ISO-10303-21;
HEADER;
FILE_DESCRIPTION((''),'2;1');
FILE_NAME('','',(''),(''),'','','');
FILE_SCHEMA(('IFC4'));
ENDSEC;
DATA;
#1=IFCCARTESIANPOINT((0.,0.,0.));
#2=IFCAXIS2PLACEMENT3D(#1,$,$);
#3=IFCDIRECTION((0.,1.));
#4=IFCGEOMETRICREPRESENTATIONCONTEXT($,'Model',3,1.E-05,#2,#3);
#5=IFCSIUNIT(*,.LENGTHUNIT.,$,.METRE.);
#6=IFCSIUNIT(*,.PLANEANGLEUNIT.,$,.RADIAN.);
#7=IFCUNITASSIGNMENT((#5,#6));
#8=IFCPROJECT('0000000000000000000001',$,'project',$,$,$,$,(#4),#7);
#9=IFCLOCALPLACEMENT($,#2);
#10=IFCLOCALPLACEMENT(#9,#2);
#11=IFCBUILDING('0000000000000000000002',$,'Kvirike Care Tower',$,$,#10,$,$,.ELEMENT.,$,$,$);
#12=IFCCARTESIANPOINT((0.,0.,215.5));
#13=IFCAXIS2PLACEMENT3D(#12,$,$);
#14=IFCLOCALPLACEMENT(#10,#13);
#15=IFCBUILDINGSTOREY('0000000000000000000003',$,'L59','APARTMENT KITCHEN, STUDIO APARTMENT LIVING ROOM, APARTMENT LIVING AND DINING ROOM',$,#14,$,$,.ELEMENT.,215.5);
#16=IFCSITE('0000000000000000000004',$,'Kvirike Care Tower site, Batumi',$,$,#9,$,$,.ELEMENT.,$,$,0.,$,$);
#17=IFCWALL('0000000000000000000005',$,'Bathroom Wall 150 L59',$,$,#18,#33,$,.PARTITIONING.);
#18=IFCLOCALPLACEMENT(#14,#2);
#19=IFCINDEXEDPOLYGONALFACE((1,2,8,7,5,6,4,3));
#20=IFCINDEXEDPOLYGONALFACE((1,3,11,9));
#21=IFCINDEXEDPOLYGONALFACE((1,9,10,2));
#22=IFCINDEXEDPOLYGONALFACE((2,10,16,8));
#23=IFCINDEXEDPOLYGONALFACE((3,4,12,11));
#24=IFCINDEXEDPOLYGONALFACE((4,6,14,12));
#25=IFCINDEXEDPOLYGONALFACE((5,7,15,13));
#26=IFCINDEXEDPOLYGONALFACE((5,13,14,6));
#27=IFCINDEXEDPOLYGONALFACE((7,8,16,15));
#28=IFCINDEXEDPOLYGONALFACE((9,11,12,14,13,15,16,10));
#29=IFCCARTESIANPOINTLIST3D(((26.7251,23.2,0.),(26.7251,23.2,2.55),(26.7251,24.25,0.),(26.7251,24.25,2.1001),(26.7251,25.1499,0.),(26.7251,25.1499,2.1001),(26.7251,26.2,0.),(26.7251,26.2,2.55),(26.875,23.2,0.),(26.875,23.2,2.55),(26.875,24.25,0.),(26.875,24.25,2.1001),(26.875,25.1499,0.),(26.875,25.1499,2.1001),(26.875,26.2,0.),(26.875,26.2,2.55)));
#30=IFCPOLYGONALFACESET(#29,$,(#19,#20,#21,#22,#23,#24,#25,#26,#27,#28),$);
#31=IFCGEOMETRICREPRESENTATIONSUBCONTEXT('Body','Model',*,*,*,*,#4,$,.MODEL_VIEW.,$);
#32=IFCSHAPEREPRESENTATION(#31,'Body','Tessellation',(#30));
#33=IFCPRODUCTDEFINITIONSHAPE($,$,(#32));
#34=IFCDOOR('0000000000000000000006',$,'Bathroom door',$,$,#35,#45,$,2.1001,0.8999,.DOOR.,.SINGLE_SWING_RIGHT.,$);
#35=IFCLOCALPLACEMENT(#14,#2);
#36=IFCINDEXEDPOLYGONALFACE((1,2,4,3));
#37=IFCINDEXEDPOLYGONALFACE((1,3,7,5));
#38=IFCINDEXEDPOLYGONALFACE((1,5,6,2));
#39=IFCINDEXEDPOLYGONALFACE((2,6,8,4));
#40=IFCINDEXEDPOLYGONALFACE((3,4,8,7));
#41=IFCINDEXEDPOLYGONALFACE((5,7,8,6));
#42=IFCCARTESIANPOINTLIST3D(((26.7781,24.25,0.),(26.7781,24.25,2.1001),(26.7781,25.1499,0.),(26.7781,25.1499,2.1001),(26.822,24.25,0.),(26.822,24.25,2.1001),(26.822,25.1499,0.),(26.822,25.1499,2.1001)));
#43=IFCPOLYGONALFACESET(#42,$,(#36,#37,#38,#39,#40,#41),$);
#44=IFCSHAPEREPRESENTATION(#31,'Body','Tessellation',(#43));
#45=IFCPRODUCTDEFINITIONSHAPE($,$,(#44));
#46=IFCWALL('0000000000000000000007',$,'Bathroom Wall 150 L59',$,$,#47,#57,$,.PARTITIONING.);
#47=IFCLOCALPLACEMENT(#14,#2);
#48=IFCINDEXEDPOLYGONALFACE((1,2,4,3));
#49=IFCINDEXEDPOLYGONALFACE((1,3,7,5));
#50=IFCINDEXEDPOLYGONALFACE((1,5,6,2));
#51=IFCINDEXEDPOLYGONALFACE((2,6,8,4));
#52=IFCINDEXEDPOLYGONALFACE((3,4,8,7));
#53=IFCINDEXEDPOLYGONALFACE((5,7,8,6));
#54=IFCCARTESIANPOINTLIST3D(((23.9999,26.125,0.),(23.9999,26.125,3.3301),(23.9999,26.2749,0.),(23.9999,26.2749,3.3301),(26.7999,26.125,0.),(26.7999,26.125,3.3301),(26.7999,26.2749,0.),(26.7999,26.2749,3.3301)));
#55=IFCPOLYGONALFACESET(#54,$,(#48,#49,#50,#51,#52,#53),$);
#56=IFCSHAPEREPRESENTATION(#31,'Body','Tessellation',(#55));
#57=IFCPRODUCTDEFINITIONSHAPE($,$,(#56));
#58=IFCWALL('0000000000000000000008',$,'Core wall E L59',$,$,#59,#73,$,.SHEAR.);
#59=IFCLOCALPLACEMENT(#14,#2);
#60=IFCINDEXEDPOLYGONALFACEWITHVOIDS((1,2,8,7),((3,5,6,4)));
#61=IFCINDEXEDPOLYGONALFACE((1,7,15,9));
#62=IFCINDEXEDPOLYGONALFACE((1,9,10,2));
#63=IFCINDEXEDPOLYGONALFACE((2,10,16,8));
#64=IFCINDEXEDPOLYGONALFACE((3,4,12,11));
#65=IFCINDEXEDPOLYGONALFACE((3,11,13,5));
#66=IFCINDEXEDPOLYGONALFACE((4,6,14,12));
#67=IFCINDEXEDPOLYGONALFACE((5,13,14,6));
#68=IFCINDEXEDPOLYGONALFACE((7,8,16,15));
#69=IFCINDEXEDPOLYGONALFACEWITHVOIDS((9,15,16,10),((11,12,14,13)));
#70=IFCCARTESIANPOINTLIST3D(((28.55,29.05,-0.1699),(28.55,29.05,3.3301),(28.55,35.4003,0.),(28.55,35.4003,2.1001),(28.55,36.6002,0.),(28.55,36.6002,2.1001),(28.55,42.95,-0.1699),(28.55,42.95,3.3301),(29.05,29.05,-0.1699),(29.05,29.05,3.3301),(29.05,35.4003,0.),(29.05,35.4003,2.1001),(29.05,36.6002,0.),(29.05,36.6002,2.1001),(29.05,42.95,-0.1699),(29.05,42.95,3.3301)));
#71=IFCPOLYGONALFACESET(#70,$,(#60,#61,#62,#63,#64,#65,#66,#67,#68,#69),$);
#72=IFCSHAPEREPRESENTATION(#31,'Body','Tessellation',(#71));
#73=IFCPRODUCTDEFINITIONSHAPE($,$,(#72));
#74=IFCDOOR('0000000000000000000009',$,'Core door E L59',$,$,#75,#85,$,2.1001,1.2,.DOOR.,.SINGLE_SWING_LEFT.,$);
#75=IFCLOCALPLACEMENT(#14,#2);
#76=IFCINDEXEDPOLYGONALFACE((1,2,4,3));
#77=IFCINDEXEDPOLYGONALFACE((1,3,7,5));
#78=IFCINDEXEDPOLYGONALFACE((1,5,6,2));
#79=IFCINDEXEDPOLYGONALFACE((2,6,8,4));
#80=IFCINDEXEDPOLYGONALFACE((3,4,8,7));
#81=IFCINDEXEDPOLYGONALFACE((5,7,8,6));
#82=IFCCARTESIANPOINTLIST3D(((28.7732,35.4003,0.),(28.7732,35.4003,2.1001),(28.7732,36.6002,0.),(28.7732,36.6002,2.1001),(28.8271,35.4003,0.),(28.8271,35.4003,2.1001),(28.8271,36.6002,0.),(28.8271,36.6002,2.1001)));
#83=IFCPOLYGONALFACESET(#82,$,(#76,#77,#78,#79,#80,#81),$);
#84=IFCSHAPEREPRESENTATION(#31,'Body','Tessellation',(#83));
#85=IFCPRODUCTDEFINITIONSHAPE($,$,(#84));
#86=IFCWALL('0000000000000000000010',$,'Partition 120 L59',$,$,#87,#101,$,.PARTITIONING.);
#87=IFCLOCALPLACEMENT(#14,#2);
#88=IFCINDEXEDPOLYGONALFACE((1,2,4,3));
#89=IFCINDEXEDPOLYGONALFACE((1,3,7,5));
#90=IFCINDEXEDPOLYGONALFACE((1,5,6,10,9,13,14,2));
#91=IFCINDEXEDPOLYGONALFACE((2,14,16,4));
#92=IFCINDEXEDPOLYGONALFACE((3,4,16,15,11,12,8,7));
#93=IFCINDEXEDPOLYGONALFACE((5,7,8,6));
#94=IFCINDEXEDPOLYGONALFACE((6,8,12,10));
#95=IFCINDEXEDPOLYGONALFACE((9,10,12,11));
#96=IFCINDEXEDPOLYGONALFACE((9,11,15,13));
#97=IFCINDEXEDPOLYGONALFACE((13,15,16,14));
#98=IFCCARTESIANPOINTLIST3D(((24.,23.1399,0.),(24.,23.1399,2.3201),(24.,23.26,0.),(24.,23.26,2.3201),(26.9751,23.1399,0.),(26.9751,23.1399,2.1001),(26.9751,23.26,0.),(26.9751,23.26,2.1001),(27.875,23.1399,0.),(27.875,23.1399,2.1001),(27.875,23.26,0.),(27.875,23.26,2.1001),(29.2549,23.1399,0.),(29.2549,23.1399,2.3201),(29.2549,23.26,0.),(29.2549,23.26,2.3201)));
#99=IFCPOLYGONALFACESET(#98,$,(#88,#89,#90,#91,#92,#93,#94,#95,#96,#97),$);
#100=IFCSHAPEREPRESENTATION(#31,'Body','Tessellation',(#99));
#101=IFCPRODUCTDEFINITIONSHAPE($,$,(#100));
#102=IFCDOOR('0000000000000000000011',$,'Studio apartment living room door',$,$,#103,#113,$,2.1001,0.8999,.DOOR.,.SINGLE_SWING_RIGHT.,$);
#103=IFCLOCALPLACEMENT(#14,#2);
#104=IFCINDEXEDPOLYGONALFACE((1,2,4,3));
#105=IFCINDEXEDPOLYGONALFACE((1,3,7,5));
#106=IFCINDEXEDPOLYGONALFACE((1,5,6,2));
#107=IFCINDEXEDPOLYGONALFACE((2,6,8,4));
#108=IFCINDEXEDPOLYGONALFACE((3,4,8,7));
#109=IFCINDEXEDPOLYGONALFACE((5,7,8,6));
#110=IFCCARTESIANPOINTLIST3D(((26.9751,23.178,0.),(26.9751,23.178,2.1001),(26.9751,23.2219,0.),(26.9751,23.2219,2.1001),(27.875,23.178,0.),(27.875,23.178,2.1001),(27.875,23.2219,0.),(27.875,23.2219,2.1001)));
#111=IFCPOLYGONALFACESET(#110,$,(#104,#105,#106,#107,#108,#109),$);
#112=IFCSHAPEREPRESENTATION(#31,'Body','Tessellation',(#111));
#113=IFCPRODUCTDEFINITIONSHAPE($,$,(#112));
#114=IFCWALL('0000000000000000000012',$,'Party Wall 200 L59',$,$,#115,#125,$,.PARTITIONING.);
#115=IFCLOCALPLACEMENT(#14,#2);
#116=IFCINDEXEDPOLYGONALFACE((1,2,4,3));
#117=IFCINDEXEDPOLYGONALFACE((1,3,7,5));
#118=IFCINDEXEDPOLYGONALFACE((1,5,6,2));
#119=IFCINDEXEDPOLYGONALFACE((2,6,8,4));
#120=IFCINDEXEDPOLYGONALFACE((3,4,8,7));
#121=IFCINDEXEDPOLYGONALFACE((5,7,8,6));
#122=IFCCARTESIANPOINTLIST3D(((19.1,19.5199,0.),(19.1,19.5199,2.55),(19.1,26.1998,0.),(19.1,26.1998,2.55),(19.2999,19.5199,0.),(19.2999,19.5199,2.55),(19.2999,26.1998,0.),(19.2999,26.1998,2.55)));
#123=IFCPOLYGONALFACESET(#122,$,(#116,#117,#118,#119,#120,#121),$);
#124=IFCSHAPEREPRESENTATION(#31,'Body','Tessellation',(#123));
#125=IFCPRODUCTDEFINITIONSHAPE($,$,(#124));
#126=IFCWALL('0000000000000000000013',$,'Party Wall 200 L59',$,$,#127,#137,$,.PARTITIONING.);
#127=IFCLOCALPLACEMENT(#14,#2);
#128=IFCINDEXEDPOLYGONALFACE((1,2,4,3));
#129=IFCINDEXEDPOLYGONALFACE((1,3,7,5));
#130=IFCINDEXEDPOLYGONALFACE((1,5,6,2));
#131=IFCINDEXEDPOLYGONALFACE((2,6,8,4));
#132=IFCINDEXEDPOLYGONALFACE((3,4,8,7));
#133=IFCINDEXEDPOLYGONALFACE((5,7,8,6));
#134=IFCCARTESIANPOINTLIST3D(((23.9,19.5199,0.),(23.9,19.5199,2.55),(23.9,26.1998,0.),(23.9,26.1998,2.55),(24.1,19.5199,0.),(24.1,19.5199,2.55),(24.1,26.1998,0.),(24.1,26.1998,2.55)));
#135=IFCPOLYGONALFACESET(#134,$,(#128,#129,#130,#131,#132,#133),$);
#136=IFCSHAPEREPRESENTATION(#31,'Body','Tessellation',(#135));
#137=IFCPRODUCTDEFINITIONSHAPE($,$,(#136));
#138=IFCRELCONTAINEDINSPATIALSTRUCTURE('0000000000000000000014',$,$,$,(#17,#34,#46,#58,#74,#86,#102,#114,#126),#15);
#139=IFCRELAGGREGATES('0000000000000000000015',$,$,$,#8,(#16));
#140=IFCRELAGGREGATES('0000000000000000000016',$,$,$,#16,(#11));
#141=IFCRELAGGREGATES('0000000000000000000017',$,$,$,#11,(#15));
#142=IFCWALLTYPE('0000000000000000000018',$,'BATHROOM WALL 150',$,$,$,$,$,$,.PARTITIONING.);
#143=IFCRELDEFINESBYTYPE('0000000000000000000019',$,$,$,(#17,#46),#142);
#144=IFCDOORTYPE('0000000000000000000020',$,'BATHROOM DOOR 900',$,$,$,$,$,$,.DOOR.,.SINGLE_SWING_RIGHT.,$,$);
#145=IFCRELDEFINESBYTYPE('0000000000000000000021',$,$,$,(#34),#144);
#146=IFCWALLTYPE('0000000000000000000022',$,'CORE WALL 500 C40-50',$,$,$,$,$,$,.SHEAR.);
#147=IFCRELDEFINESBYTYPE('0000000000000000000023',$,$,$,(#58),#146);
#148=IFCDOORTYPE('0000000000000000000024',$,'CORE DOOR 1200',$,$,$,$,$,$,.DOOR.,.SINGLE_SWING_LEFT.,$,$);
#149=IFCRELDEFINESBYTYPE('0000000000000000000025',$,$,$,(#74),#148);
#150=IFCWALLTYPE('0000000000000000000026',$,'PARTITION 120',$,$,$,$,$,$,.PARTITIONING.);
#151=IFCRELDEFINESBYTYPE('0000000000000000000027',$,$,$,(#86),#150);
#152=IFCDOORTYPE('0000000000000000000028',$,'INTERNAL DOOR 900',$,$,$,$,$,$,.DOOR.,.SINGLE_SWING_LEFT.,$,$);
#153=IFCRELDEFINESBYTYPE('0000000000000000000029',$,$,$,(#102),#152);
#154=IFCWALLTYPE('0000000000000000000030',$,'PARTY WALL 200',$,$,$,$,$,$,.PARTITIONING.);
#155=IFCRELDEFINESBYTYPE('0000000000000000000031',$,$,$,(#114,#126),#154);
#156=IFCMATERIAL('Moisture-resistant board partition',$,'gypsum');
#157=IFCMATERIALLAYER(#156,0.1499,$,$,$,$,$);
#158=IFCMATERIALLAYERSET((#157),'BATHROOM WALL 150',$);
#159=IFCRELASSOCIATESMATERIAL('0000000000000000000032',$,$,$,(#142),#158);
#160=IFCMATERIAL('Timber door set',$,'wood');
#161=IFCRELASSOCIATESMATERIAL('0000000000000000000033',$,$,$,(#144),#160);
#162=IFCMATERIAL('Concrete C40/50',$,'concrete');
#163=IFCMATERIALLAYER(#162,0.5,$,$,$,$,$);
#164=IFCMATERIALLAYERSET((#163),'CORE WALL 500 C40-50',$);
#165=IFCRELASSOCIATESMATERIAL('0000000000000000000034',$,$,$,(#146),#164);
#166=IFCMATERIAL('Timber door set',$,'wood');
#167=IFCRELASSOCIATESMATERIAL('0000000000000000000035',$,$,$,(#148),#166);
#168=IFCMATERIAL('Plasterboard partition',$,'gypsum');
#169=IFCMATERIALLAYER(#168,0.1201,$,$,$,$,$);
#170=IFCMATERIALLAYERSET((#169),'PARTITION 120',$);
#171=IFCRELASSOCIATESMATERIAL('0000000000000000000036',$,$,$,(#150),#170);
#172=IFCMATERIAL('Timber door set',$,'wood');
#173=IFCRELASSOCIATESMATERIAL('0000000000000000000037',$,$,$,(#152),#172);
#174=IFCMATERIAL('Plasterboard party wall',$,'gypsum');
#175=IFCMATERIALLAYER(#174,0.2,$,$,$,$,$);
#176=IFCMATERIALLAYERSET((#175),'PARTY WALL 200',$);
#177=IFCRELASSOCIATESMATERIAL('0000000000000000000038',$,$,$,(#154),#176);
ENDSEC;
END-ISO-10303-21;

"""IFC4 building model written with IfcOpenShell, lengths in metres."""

from ifc_helpers import new_model, si_unit, direction, frame, frame_2d, origin, place, context, subcontext, project, spatial, rectangle, extrude, material, layer, layer_set, type_object, element, fill, save


model = new_model("IFC4")

# Units and contexts
model_context = context("Model", 3, precision=1e-05, world=origin(), true_north=direction((0.0, 1.0)))
body_context = subcontext(model_context, "Body", "Model", "MODEL_VIEW")
ifc_project = project(units=[si_unit("LENGTHUNIT", "METRE"), si_unit("PLANEANGLEUNIT", "RADIAN")], contexts=[model_context])

# Site, building, storey
site_placement = place(None, origin())
site = spatial("IfcSite", under=ifc_project, at=site_placement, Name="Kvirike Care Tower site, Batumi", CompositionType="ELEMENT", RefElevation=0.0)
building_placement = place(site_placement, origin())
building = spatial("IfcBuilding", under=site, at=building_placement, Name="Kvirike Care Tower", CompositionType="ELEMENT")
storey_placement = place(building_placement, frame((0.0, 0.0, 215.5)))
storey = spatial("IfcBuildingStorey", under=building, at=storey_placement, Name="L59", Description="APARTMENT KITCHEN, STUDIO APARTMENT LIVING ROOM, APARTMENT LIVING AND DINING ROOM", CompositionType="ELEMENT", Elevation=215.5)

# Shared definitions
ifc_material_1 = material(Name="Moisture-resistant board partition", Category="gypsum")
ifc_layer_1 = layer(ifc_material_1, 0.1499)
ifc_layer_set_1 = layer_set([ifc_layer_1], Name="BATHROOM WALL 150")
wall_type_1 = type_object("IfcWallType", Name="BATHROOM WALL 150", PredefinedType="PARTITIONING", material=ifc_layer_set_1)

# Wall, opening, door
wall_1_placement = place(storey_placement, frame((26.8, 23.2, 0.0), z_axis=(0.0, 0.0, 1.0), x_axis=(0.0, 1.0, 0.0)))
wall_1 = element("IfcWall", 1, at=wall_1_placement, inside=storey, type_object=wall_type_1, Name="Bathroom Wall 150 L59", PredefinedType="PARTITIONING", context=body_context, shape_type="SweptSolid", body=[
    extrude(rectangle(XDim=3.0, YDim=0.1499, at=frame_2d((1.5, 0.0))), origin(), (0.0, 0.0, 1.0), 2.55),
])
opening_1_placement = place(wall_1_placement, frame((1.05, 0.0, 0.0)))
opening_1 = element("IfcOpeningElement", 2, at=opening_1_placement, cuts=wall_1, PredefinedType="OPENING", context=body_context, shape_type="SweptSolid", body=[
    extrude(rectangle(XDim=0.8999, YDim=2.1001, at=frame_2d((0.45, 1.05))), frame((0.0, 0.0854, 0.0), z_axis=(0.0, -1.0, 0.0), x_axis=(1.0, 0.0, 0.0)), (0.0, 0.0, 1.0), 0.1709),
])
ifc_material_2 = material(Name="Timber door set", Category="wood")
door_type_1 = type_object("IfcDoorType", Name="BATHROOM DOOR 900", OperationType="SINGLE_SWING_RIGHT", PredefinedType="DOOR", material=ifc_material_2)
door_1_placement = place(opening_1_placement, frame((0.8999, 0.0, 0.0), z_axis=(0.0, 0.0, 1.0), x_axis=(-1.0, 0.0, 0.0)))
door_1 = element("IfcDoor", 3, at=door_1_placement, inside=storey, type_object=door_type_1, Name="Bathroom door", OperationType="SINGLE_SWING_RIGHT", OverallHeight=2.1001, OverallWidth=0.8999, PredefinedType="DOOR", context=body_context, shape_type="SweptSolid", body=[
    extrude(rectangle(XDim=0.8999, YDim=2.1001, at=frame_2d((0.45, 1.05))), frame((0.0, 0.022, 0.0), z_axis=(0.0, -1.0, 0.0), x_axis=(1.0, 0.0, 0.0)), (0.0, 0.0, 1.0), 0.0439),
])
fill(opening_1, door_1)

# Wall
wall_2_placement = place(storey_placement, frame((24.0, 26.2, 0.0), z_axis=(0.0, 0.0, 1.0), x_axis=(1.0, 0.0, 0.0)))
element("IfcWall", 4, at=wall_2_placement, inside=storey, type_object=wall_type_1, Name="Bathroom Wall 150 L59", PredefinedType="PARTITIONING", context=body_context, shape_type="SweptSolid", body=[
    extrude(rectangle(XDim=2.8, YDim=0.1499, at=frame_2d((1.3999, 0.0))), origin(), (0.0, 0.0, 1.0), 3.3301),
])

# Walls, openings, doors
ifc_material_3 = material(Name="Concrete C40/50", Category="concrete")
ifc_layer_2 = layer(ifc_material_3, 0.5)
ifc_layer_set_2 = layer_set([ifc_layer_2], Name="CORE WALL 500 C40-50")
wall_type_2 = type_object("IfcWallType", Name="CORE WALL 500 C40-50", PredefinedType="SHEAR", material=ifc_layer_set_2)
wall_3_placement = place(storey_placement, frame((28.8, 29.05, -0.1699), z_axis=(0.0, 0.0, 1.0), x_axis=(0.0, 1.0, 0.0)))
wall_3 = element("IfcWall", 5, at=wall_3_placement, inside=storey, type_object=wall_type_2, Name="Core wall E L59", PredefinedType="SHEAR", context=body_context, shape_type="SweptSolid", body=[
    extrude(rectangle(XDim=13.8999, YDim=0.5, at=frame_2d((6.95, 0.0))), origin(), (0.0, 0.0, 1.0), 3.5),
])
opening_2_placement = place(wall_3_placement, frame((6.3501, 0.0, 0.1699)))
opening_2 = element("IfcOpeningElement", 6, at=opening_2_placement, cuts=wall_3, PredefinedType="OPENING", context=body_context, shape_type="SweptSolid", body=[
    extrude(rectangle(XDim=1.2, YDim=2.1001, at=frame_2d((0.6001, 1.05))), frame((0.0, 0.2605, 0.0), z_axis=(0.0, -1.0, 0.0), x_axis=(1.0, 0.0, 0.0)), (0.0, 0.0, 1.0), 0.521),
])
ifc_material_4 = material(Name="Timber door set", Category="wood")
door_type_2 = type_object("IfcDoorType", Name="CORE DOOR 1200", OperationType="SINGLE_SWING_LEFT", PredefinedType="DOOR", material=ifc_material_4)
door_2_placement = place(opening_2_placement, origin())
door_2 = element("IfcDoor", 7, at=door_2_placement, inside=storey, type_object=door_type_2, Name="Core door E L59", OperationType="SINGLE_SWING_LEFT", OverallHeight=2.1001, OverallWidth=1.2, PredefinedType="DOOR", context=body_context, shape_type="SweptSolid", body=[
    extrude(rectangle(XDim=1.2, YDim=2.1001, at=frame_2d((0.6001, 1.05))), frame((0.0, 0.0269, 0.0), z_axis=(0.0, -1.0, 0.0), x_axis=(1.0, 0.0, 0.0)), (0.0, 0.0, 1.0), 0.054),
])
fill(opening_2, door_2)
ifc_material_5 = material(Name="Plasterboard partition", Category="gypsum")
ifc_layer_3 = layer(ifc_material_5, 0.1201)
ifc_layer_set_3 = layer_set([ifc_layer_3], Name="PARTITION 120")
wall_type_3 = type_object("IfcWallType", Name="PARTITION 120", PredefinedType="PARTITIONING", material=ifc_layer_set_3)
wall_4_placement = place(storey_placement, frame((24.0, 23.2, 0.0), z_axis=(0.0, 0.0, 1.0), x_axis=(1.0, 0.0, 0.0)))
wall_4 = element("IfcWall", 8, at=wall_4_placement, inside=storey, type_object=wall_type_3, Name="Partition 120 L59", PredefinedType="PARTITIONING", context=body_context, shape_type="SweptSolid", body=[
    extrude(rectangle(XDim=5.2549, YDim=0.1201, at=frame_2d((2.6274, 0.0))), origin(), (0.0, 0.0, 1.0), 2.3201),
])
opening_3_placement = place(wall_4_placement, frame((2.9751, 0.0, 0.0)))
opening_3 = element("IfcOpeningElement", 9, at=opening_3_placement, cuts=wall_4, PredefinedType="OPENING", context=body_context, shape_type="SweptSolid", body=[
    extrude(rectangle(XDim=0.8999, YDim=2.1001, at=frame_2d((0.45, 1.05))), frame((0.0, 0.0706, 0.0), z_axis=(0.0, -1.0, 0.0), x_axis=(1.0, 0.0, 0.0)), (0.0, 0.0, 1.0), 0.1411),
])
ifc_material_6 = material(Name="Timber door set", Category="wood")
door_type_3 = type_object("IfcDoorType", Name="INTERNAL DOOR 900", OperationType="SINGLE_SWING_LEFT", PredefinedType="DOOR", material=ifc_material_6)
door_3_placement = place(opening_3_placement, origin())
door_3 = element("IfcDoor", 10, at=door_3_placement, inside=storey, type_object=door_type_3, Name="Studio apartment living room door", OperationType="SINGLE_SWING_RIGHT", OverallHeight=2.1001, OverallWidth=0.8999, PredefinedType="DOOR", context=body_context, shape_type="SweptSolid", body=[
    extrude(rectangle(XDim=0.8999, YDim=2.1001, at=frame_2d((0.45, 1.05))), frame((0.0, 0.022, 0.0), z_axis=(0.0, -1.0, 0.0), x_axis=(1.0, 0.0, 0.0)), (0.0, 0.0, 1.0), 0.0439),
])
fill(opening_3, door_3)

# Walls
ifc_material_7 = material(Name="Plasterboard party wall", Category="gypsum")
ifc_layer_4 = layer(ifc_material_7, 0.2)
ifc_layer_set_4 = layer_set([ifc_layer_4], Name="PARTY WALL 200")
wall_type_4 = type_object("IfcWallType", Name="PARTY WALL 200", PredefinedType="PARTITIONING", material=ifc_layer_set_4)
for number, where, z_axis, x_axis, name in (
    (11, (19.2, 19.52, 0.0), (0.0, 0.0, 1.0), (0.0, 1.0, 0.0), "Party Wall 200 L59"),
    (12, (24.0, 19.52, 0.0), (0.0, 0.0, 1.0), (0.0, 1.0, 0.0), "Party Wall 200 L59"),
):
    element("IfcWall", number, at=place(storey_placement, frame(where, z_axis=z_axis, x_axis=x_axis)), inside=storey, type_object=wall_type_4, Name=name, PredefinedType="PARTITIONING", context=body_context, shape_type="SweptSolid", body=[
        extrude(rectangle(XDim=6.6799, YDim=0.2, at=frame_2d((3.3398, 0.0))), origin(), (0.0, 0.0, 1.0), 2.55),
    ])

save(model, "model.ifc")
